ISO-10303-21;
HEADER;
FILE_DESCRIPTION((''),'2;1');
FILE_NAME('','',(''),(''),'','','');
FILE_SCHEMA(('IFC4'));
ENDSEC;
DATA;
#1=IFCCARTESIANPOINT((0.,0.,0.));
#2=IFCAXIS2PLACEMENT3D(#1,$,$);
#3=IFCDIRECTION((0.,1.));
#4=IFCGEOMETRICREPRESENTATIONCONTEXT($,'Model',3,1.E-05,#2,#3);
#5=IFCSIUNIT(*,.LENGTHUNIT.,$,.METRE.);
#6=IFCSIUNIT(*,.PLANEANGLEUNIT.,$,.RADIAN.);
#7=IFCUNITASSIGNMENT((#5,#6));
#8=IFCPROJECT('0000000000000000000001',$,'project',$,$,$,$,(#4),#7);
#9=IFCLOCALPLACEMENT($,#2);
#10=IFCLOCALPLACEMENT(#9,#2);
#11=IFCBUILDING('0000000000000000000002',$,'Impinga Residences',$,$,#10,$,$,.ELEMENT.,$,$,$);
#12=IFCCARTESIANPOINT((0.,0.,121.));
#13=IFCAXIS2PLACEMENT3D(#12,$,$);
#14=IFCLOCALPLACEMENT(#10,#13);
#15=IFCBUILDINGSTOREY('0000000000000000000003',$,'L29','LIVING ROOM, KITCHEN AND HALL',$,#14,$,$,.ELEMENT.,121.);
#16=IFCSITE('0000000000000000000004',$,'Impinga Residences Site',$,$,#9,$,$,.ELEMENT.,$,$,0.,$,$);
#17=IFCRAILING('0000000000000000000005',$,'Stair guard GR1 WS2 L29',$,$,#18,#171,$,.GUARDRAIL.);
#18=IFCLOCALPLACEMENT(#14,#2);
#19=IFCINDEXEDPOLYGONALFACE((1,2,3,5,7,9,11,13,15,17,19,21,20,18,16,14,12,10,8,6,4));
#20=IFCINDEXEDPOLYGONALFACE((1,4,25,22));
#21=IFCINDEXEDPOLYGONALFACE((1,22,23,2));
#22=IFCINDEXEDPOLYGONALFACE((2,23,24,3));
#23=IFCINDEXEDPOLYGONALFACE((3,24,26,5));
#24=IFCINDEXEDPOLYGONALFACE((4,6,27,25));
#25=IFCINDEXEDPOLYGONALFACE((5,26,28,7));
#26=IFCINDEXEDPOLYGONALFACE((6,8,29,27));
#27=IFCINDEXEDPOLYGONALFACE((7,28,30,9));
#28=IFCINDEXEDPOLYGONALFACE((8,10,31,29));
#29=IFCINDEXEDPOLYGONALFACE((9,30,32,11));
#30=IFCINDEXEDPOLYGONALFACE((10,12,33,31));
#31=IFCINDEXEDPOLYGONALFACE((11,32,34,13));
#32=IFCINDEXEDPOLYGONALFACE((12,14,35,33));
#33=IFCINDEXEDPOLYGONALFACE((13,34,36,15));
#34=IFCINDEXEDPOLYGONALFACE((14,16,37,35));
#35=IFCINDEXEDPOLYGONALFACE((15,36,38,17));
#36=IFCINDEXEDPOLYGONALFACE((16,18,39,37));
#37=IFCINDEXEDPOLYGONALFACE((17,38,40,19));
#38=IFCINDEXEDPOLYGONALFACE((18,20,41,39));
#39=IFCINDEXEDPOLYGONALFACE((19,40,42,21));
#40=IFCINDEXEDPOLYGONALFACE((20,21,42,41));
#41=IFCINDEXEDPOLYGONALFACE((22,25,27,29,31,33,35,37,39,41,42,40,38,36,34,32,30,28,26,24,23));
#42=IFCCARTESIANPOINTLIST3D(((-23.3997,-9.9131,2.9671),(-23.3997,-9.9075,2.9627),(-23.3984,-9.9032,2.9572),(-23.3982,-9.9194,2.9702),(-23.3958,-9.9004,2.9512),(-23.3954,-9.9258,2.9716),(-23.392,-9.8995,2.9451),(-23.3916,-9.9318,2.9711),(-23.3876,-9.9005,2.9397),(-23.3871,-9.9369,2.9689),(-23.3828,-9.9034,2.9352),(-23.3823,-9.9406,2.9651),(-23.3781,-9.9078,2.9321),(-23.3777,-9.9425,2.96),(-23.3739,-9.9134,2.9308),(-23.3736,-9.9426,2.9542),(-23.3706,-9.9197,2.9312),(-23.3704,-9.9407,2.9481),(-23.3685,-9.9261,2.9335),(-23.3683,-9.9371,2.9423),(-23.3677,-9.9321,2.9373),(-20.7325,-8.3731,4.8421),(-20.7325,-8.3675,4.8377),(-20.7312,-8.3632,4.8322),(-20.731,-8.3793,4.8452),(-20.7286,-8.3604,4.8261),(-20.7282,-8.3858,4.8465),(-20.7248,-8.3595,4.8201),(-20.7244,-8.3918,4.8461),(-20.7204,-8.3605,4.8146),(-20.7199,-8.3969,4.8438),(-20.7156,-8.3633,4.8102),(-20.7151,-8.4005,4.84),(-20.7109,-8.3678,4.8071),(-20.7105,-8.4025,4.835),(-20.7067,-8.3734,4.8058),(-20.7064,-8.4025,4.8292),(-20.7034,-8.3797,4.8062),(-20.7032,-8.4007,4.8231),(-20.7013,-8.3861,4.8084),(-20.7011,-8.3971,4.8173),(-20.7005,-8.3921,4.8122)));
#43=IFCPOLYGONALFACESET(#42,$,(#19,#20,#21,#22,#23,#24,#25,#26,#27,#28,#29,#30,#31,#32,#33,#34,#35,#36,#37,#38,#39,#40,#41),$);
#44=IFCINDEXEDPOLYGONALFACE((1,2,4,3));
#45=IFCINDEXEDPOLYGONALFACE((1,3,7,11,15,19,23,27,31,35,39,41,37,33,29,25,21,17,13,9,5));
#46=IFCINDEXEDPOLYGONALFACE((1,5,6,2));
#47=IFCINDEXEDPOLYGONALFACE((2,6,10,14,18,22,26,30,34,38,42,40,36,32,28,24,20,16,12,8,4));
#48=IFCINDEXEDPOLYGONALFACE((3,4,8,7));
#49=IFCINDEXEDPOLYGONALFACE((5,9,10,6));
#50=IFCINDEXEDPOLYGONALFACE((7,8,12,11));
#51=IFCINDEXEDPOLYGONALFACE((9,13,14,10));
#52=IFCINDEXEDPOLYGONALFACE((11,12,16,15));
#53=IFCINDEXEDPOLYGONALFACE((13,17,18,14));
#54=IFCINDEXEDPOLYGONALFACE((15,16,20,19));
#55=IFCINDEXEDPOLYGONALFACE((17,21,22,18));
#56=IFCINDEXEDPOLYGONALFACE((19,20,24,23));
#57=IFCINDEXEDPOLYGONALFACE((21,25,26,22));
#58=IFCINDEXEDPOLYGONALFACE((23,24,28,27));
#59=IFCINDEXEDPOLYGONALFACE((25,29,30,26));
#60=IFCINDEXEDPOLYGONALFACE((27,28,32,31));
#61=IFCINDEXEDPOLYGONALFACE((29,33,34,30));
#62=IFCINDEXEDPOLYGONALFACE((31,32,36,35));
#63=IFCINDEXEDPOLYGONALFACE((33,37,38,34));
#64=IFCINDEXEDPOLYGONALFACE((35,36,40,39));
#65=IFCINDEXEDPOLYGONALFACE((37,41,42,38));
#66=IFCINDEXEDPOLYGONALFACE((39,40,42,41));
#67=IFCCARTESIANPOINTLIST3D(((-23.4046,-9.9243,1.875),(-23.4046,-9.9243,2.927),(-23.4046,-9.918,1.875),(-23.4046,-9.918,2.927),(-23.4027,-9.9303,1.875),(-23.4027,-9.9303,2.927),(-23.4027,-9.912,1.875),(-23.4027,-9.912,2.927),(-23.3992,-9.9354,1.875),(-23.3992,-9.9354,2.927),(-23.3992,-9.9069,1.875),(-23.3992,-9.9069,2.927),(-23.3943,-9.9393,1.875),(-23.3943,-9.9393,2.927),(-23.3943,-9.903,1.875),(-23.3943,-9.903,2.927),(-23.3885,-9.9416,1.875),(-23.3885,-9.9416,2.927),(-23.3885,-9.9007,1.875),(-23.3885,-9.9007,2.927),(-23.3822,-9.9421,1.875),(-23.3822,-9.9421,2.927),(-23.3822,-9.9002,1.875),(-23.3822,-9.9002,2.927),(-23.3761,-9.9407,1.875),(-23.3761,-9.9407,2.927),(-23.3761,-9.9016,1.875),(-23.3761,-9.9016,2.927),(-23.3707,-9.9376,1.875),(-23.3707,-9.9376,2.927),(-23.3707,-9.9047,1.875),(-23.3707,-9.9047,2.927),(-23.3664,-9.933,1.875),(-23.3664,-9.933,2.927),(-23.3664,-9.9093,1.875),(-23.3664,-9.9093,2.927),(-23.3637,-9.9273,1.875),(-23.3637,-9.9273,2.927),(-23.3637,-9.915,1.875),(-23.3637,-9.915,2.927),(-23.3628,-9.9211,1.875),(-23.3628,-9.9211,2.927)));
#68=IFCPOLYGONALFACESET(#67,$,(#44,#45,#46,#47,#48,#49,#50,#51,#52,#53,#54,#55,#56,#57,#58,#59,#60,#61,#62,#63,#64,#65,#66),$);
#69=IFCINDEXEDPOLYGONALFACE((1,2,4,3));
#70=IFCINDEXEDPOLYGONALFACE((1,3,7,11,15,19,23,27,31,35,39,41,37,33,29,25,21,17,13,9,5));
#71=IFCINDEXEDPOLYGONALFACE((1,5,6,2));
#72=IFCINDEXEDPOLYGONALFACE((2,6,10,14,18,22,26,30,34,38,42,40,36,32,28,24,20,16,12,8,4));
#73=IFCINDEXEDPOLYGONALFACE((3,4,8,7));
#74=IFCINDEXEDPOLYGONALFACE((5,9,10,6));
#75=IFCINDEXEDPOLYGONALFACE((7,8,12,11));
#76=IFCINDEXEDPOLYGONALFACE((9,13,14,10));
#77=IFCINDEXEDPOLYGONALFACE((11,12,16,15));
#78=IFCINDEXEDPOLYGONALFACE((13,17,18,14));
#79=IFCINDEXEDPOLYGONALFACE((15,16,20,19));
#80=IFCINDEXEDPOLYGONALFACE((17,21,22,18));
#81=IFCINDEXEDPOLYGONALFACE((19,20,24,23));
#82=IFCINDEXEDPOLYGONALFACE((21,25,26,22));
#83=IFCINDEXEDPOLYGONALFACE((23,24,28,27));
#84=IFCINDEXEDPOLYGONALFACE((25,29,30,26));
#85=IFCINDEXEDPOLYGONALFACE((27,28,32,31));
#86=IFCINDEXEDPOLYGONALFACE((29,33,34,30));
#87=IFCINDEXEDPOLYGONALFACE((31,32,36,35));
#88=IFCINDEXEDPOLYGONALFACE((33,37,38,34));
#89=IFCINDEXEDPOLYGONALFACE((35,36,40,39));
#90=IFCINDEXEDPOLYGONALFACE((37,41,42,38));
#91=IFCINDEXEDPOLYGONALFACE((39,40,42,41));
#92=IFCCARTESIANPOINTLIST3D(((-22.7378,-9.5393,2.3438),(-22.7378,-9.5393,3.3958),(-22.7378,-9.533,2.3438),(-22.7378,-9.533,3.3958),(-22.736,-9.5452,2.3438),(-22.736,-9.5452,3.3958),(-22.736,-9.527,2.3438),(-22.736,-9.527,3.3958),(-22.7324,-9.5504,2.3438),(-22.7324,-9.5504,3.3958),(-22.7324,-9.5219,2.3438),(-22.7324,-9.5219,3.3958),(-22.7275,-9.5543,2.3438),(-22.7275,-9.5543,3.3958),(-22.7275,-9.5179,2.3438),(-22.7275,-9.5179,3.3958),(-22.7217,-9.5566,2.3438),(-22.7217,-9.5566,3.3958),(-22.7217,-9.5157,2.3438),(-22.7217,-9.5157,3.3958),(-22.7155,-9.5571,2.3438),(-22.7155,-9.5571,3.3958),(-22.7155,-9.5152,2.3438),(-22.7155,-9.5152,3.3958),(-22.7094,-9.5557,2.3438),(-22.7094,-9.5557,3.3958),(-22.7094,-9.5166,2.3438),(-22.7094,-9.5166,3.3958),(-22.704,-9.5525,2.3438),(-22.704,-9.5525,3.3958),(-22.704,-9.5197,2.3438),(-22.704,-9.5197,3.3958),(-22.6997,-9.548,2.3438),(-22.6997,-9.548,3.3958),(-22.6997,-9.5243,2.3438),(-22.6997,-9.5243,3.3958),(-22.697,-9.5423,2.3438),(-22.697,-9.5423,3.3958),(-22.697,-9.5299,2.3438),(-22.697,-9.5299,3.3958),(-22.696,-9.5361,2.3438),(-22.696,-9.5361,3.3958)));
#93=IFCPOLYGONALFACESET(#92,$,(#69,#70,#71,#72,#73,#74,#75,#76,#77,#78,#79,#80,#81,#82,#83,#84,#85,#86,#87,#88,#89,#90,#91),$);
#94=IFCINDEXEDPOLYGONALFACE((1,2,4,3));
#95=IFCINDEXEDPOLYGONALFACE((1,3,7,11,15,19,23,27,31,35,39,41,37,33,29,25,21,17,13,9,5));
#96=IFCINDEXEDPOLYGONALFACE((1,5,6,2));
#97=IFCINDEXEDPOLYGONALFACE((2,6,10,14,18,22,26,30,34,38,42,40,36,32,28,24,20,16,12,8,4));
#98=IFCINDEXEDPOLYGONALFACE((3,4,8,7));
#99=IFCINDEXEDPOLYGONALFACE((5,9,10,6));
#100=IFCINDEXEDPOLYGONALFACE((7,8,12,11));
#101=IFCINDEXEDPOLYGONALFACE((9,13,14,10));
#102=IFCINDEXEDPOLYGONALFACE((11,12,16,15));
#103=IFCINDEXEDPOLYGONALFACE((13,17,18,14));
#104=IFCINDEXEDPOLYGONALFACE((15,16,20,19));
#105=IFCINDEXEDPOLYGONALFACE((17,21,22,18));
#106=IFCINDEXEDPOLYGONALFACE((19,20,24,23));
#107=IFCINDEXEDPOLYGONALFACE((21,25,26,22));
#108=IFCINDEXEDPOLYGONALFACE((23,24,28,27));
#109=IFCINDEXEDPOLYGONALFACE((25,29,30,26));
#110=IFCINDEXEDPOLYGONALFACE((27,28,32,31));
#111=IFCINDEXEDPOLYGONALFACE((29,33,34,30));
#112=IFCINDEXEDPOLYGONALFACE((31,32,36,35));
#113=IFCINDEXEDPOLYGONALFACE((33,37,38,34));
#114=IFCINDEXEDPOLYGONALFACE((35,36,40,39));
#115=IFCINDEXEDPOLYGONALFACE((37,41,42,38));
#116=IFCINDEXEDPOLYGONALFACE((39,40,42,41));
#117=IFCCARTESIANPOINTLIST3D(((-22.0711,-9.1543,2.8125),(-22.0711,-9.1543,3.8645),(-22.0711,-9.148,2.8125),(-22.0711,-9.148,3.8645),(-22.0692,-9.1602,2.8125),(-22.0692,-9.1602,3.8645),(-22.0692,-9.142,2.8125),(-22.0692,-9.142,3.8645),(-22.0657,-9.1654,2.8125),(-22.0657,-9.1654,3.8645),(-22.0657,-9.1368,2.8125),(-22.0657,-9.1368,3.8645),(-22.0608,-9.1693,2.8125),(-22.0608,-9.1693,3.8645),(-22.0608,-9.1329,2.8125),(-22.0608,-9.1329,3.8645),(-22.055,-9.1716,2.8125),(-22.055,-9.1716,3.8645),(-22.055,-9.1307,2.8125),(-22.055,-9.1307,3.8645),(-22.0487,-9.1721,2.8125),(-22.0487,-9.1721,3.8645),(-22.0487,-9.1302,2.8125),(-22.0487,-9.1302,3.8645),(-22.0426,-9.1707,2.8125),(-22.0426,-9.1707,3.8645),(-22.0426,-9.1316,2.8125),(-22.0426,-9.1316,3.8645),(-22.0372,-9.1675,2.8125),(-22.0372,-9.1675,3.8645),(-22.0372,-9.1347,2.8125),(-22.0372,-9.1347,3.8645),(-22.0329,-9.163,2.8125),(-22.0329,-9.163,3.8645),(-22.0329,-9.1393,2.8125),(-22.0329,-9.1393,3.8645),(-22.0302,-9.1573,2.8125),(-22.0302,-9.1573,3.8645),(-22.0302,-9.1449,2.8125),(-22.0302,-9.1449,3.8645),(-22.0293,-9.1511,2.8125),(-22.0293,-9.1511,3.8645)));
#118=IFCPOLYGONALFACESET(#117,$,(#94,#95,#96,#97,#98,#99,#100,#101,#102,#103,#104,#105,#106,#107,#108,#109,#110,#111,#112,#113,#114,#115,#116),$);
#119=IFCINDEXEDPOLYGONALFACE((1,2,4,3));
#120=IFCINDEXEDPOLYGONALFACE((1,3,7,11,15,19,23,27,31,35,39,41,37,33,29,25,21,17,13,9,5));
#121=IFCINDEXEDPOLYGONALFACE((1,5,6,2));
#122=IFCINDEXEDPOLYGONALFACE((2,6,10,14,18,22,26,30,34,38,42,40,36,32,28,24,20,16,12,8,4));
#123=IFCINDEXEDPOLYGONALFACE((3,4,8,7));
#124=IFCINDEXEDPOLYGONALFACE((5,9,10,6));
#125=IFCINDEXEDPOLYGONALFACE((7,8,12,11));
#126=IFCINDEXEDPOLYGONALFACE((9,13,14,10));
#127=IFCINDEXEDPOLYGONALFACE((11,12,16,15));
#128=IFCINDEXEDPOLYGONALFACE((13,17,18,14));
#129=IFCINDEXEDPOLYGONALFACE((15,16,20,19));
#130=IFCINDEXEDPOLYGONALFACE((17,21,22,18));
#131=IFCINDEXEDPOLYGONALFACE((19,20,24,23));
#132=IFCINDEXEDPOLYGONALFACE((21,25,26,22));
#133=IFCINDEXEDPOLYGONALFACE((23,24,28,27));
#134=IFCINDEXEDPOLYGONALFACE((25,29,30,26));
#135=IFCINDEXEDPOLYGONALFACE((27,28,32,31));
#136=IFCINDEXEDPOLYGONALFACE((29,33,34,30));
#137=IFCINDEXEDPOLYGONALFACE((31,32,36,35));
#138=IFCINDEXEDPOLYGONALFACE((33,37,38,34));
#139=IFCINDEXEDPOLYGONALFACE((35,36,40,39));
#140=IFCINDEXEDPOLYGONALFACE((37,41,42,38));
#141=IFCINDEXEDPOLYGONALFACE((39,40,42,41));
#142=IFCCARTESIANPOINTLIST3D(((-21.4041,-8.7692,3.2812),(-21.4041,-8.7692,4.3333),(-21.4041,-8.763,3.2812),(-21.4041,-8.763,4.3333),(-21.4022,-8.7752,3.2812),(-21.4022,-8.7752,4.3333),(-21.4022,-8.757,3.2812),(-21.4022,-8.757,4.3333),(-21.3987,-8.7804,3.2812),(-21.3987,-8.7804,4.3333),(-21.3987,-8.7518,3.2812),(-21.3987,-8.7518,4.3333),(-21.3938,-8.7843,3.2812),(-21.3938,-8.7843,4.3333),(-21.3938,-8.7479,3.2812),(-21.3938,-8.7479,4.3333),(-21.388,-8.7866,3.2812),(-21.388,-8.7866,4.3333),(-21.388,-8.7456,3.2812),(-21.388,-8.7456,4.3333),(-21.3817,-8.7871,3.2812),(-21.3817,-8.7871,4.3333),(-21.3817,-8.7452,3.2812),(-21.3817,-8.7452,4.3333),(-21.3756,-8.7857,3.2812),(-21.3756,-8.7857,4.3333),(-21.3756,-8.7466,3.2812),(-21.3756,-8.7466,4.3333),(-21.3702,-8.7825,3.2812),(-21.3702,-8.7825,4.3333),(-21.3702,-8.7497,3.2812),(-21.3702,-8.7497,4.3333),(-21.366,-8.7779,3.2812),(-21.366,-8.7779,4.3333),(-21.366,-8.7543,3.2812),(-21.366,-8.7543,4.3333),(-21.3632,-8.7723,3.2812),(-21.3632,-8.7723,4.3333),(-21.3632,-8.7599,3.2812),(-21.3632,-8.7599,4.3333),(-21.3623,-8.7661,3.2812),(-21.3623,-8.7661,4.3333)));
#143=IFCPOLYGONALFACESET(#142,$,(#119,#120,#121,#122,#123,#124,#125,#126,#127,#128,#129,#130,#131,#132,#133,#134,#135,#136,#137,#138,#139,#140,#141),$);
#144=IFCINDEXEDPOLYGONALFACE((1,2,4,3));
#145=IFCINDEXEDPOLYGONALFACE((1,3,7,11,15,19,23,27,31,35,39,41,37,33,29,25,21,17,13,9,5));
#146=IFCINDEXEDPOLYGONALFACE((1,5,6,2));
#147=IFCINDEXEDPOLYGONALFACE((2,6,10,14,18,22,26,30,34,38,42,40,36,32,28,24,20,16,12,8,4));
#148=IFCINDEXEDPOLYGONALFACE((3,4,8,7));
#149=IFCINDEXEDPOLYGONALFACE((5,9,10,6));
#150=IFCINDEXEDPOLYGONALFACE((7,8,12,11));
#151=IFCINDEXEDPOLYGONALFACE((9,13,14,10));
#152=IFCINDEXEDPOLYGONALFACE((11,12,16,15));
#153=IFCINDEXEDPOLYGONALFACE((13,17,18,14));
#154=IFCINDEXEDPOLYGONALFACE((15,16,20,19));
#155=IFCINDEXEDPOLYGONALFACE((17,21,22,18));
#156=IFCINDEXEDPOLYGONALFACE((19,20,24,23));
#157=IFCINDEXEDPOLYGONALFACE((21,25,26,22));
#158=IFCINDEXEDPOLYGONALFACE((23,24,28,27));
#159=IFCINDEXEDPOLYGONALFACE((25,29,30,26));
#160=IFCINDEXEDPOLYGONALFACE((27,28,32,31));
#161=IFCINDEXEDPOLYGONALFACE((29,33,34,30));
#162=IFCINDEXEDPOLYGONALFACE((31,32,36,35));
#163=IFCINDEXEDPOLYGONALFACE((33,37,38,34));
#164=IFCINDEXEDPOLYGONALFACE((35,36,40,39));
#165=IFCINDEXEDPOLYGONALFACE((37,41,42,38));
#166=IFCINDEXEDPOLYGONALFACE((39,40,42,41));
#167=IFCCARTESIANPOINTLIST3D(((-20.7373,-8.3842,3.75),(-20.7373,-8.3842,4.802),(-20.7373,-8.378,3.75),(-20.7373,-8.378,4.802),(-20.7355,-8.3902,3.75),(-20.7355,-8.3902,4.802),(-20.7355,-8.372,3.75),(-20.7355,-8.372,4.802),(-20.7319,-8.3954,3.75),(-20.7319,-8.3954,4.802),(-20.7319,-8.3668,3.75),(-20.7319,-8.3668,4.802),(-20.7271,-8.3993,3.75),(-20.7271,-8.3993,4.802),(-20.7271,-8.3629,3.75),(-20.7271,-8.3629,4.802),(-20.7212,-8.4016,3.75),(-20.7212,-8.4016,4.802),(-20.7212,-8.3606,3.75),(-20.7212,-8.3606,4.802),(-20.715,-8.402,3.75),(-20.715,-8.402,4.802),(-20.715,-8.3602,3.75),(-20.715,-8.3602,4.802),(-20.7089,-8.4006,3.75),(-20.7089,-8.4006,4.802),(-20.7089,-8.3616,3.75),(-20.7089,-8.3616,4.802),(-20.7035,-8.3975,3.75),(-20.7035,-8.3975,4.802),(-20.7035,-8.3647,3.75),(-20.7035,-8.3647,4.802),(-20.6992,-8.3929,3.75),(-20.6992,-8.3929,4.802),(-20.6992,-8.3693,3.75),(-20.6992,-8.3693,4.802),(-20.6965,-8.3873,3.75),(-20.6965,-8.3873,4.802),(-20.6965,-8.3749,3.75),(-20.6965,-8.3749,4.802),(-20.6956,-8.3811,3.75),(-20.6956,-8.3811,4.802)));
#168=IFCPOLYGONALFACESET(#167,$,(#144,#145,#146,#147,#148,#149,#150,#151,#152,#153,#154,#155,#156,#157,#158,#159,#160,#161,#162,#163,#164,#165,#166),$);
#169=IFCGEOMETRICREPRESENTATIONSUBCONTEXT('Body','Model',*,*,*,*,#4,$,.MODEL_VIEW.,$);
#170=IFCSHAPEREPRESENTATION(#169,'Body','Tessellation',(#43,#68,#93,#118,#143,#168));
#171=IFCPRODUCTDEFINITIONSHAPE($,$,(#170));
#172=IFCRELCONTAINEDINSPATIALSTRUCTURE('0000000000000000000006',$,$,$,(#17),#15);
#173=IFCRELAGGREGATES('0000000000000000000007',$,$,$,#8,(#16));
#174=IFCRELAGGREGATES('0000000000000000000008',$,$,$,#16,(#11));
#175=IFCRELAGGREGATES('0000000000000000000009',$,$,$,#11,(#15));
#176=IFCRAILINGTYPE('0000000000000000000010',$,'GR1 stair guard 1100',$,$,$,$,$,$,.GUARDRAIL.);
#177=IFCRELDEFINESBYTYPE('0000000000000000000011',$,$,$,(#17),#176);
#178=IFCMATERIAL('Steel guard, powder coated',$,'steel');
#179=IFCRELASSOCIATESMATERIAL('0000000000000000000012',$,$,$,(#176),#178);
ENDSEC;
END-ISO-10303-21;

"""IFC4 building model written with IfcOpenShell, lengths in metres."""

from ifc_helpers import new_model, si_unit, direction, frame, origin, origin_2d, place, context, subcontext, project, spatial, circle, extrude, material, type_object, element, save


model = new_model("IFC4")

# Units and contexts
model_context = context("Model", 3, precision=1e-05, world=origin(), true_north=direction((0.0, 1.0)))
body_context = subcontext(model_context, "Body", "Model", "MODEL_VIEW")
ifc_project = project(units=[si_unit("LENGTHUNIT", "METRE"), si_unit("PLANEANGLEUNIT", "RADIAN")], contexts=[model_context])

# Site, building, storey
site_placement = place(None, origin())
site = spatial("IfcSite", under=ifc_project, at=site_placement, Name="Impinga Residences Site", CompositionType="ELEMENT", RefElevation=0.0)
building_placement = place(site_placement, origin())
building = spatial("IfcBuilding", under=site, at=building_placement, Name="Impinga Residences", CompositionType="ELEMENT")
storey_placement = place(building_placement, frame((0.0, 0.0, 121.0)))
storey = spatial("IfcBuildingStorey", under=building, at=storey_placement, Name="L29", Description="LIVING ROOM, KITCHEN AND HALL", CompositionType="ELEMENT", Elevation=121.0)

# Railing
ifc_material_1 = material(Name="Steel guard, powder coated", Category="steel")
railing_type_1 = type_object("IfcRailingType", Name="GR1 stair guard 1100", PredefinedType="GUARDRAIL", material=ifc_material_1)
railing_1_placement = place(storey_placement, frame((-23.3838, -9.9211, 1.875)))
element("IfcRailing", 1, at=railing_1_placement, inside=storey, type_object=railing_type_1, Name="Stair guard GR1 WS2 L29", PredefinedType="GUARDRAIL", context=body_context, shape_type="SweptSolid", body=[
    extrude(circle(Radius=0.0239, at=origin_2d()), frame((0.0, 0.0, 1.0762), z_axis=(0.739716, 0.427105, 0.520002), x_axis=(-0.500027, 0.86601, 0.0)), (0.0, 0.0, 1.0), 3.6057),
    extrude(circle(Radius=0.021, at=origin_2d()), origin(), (0.0, 0.0, 1.0), 1.052),
    extrude(circle(Radius=0.021, at=origin_2d()), frame((0.6667, 0.385, 0.4688)), (0.0, 0.0, 1.0), 1.052),
    extrude(circle(Radius=0.021, at=origin_2d()), frame((1.3335, 0.77, 0.9375)), (0.0, 0.0, 1.0), 1.052),
    extrude(circle(Radius=0.021, at=origin_2d()), frame((2.0005, 1.155, 1.4062)), (0.0, 0.0, 1.0), 1.052),
    extrude(circle(Radius=0.021, at=origin_2d()), frame((2.6672, 1.54, 1.875)), (0.0, 0.0, 1.0), 1.052),
])

save(model, "model.ifc")
